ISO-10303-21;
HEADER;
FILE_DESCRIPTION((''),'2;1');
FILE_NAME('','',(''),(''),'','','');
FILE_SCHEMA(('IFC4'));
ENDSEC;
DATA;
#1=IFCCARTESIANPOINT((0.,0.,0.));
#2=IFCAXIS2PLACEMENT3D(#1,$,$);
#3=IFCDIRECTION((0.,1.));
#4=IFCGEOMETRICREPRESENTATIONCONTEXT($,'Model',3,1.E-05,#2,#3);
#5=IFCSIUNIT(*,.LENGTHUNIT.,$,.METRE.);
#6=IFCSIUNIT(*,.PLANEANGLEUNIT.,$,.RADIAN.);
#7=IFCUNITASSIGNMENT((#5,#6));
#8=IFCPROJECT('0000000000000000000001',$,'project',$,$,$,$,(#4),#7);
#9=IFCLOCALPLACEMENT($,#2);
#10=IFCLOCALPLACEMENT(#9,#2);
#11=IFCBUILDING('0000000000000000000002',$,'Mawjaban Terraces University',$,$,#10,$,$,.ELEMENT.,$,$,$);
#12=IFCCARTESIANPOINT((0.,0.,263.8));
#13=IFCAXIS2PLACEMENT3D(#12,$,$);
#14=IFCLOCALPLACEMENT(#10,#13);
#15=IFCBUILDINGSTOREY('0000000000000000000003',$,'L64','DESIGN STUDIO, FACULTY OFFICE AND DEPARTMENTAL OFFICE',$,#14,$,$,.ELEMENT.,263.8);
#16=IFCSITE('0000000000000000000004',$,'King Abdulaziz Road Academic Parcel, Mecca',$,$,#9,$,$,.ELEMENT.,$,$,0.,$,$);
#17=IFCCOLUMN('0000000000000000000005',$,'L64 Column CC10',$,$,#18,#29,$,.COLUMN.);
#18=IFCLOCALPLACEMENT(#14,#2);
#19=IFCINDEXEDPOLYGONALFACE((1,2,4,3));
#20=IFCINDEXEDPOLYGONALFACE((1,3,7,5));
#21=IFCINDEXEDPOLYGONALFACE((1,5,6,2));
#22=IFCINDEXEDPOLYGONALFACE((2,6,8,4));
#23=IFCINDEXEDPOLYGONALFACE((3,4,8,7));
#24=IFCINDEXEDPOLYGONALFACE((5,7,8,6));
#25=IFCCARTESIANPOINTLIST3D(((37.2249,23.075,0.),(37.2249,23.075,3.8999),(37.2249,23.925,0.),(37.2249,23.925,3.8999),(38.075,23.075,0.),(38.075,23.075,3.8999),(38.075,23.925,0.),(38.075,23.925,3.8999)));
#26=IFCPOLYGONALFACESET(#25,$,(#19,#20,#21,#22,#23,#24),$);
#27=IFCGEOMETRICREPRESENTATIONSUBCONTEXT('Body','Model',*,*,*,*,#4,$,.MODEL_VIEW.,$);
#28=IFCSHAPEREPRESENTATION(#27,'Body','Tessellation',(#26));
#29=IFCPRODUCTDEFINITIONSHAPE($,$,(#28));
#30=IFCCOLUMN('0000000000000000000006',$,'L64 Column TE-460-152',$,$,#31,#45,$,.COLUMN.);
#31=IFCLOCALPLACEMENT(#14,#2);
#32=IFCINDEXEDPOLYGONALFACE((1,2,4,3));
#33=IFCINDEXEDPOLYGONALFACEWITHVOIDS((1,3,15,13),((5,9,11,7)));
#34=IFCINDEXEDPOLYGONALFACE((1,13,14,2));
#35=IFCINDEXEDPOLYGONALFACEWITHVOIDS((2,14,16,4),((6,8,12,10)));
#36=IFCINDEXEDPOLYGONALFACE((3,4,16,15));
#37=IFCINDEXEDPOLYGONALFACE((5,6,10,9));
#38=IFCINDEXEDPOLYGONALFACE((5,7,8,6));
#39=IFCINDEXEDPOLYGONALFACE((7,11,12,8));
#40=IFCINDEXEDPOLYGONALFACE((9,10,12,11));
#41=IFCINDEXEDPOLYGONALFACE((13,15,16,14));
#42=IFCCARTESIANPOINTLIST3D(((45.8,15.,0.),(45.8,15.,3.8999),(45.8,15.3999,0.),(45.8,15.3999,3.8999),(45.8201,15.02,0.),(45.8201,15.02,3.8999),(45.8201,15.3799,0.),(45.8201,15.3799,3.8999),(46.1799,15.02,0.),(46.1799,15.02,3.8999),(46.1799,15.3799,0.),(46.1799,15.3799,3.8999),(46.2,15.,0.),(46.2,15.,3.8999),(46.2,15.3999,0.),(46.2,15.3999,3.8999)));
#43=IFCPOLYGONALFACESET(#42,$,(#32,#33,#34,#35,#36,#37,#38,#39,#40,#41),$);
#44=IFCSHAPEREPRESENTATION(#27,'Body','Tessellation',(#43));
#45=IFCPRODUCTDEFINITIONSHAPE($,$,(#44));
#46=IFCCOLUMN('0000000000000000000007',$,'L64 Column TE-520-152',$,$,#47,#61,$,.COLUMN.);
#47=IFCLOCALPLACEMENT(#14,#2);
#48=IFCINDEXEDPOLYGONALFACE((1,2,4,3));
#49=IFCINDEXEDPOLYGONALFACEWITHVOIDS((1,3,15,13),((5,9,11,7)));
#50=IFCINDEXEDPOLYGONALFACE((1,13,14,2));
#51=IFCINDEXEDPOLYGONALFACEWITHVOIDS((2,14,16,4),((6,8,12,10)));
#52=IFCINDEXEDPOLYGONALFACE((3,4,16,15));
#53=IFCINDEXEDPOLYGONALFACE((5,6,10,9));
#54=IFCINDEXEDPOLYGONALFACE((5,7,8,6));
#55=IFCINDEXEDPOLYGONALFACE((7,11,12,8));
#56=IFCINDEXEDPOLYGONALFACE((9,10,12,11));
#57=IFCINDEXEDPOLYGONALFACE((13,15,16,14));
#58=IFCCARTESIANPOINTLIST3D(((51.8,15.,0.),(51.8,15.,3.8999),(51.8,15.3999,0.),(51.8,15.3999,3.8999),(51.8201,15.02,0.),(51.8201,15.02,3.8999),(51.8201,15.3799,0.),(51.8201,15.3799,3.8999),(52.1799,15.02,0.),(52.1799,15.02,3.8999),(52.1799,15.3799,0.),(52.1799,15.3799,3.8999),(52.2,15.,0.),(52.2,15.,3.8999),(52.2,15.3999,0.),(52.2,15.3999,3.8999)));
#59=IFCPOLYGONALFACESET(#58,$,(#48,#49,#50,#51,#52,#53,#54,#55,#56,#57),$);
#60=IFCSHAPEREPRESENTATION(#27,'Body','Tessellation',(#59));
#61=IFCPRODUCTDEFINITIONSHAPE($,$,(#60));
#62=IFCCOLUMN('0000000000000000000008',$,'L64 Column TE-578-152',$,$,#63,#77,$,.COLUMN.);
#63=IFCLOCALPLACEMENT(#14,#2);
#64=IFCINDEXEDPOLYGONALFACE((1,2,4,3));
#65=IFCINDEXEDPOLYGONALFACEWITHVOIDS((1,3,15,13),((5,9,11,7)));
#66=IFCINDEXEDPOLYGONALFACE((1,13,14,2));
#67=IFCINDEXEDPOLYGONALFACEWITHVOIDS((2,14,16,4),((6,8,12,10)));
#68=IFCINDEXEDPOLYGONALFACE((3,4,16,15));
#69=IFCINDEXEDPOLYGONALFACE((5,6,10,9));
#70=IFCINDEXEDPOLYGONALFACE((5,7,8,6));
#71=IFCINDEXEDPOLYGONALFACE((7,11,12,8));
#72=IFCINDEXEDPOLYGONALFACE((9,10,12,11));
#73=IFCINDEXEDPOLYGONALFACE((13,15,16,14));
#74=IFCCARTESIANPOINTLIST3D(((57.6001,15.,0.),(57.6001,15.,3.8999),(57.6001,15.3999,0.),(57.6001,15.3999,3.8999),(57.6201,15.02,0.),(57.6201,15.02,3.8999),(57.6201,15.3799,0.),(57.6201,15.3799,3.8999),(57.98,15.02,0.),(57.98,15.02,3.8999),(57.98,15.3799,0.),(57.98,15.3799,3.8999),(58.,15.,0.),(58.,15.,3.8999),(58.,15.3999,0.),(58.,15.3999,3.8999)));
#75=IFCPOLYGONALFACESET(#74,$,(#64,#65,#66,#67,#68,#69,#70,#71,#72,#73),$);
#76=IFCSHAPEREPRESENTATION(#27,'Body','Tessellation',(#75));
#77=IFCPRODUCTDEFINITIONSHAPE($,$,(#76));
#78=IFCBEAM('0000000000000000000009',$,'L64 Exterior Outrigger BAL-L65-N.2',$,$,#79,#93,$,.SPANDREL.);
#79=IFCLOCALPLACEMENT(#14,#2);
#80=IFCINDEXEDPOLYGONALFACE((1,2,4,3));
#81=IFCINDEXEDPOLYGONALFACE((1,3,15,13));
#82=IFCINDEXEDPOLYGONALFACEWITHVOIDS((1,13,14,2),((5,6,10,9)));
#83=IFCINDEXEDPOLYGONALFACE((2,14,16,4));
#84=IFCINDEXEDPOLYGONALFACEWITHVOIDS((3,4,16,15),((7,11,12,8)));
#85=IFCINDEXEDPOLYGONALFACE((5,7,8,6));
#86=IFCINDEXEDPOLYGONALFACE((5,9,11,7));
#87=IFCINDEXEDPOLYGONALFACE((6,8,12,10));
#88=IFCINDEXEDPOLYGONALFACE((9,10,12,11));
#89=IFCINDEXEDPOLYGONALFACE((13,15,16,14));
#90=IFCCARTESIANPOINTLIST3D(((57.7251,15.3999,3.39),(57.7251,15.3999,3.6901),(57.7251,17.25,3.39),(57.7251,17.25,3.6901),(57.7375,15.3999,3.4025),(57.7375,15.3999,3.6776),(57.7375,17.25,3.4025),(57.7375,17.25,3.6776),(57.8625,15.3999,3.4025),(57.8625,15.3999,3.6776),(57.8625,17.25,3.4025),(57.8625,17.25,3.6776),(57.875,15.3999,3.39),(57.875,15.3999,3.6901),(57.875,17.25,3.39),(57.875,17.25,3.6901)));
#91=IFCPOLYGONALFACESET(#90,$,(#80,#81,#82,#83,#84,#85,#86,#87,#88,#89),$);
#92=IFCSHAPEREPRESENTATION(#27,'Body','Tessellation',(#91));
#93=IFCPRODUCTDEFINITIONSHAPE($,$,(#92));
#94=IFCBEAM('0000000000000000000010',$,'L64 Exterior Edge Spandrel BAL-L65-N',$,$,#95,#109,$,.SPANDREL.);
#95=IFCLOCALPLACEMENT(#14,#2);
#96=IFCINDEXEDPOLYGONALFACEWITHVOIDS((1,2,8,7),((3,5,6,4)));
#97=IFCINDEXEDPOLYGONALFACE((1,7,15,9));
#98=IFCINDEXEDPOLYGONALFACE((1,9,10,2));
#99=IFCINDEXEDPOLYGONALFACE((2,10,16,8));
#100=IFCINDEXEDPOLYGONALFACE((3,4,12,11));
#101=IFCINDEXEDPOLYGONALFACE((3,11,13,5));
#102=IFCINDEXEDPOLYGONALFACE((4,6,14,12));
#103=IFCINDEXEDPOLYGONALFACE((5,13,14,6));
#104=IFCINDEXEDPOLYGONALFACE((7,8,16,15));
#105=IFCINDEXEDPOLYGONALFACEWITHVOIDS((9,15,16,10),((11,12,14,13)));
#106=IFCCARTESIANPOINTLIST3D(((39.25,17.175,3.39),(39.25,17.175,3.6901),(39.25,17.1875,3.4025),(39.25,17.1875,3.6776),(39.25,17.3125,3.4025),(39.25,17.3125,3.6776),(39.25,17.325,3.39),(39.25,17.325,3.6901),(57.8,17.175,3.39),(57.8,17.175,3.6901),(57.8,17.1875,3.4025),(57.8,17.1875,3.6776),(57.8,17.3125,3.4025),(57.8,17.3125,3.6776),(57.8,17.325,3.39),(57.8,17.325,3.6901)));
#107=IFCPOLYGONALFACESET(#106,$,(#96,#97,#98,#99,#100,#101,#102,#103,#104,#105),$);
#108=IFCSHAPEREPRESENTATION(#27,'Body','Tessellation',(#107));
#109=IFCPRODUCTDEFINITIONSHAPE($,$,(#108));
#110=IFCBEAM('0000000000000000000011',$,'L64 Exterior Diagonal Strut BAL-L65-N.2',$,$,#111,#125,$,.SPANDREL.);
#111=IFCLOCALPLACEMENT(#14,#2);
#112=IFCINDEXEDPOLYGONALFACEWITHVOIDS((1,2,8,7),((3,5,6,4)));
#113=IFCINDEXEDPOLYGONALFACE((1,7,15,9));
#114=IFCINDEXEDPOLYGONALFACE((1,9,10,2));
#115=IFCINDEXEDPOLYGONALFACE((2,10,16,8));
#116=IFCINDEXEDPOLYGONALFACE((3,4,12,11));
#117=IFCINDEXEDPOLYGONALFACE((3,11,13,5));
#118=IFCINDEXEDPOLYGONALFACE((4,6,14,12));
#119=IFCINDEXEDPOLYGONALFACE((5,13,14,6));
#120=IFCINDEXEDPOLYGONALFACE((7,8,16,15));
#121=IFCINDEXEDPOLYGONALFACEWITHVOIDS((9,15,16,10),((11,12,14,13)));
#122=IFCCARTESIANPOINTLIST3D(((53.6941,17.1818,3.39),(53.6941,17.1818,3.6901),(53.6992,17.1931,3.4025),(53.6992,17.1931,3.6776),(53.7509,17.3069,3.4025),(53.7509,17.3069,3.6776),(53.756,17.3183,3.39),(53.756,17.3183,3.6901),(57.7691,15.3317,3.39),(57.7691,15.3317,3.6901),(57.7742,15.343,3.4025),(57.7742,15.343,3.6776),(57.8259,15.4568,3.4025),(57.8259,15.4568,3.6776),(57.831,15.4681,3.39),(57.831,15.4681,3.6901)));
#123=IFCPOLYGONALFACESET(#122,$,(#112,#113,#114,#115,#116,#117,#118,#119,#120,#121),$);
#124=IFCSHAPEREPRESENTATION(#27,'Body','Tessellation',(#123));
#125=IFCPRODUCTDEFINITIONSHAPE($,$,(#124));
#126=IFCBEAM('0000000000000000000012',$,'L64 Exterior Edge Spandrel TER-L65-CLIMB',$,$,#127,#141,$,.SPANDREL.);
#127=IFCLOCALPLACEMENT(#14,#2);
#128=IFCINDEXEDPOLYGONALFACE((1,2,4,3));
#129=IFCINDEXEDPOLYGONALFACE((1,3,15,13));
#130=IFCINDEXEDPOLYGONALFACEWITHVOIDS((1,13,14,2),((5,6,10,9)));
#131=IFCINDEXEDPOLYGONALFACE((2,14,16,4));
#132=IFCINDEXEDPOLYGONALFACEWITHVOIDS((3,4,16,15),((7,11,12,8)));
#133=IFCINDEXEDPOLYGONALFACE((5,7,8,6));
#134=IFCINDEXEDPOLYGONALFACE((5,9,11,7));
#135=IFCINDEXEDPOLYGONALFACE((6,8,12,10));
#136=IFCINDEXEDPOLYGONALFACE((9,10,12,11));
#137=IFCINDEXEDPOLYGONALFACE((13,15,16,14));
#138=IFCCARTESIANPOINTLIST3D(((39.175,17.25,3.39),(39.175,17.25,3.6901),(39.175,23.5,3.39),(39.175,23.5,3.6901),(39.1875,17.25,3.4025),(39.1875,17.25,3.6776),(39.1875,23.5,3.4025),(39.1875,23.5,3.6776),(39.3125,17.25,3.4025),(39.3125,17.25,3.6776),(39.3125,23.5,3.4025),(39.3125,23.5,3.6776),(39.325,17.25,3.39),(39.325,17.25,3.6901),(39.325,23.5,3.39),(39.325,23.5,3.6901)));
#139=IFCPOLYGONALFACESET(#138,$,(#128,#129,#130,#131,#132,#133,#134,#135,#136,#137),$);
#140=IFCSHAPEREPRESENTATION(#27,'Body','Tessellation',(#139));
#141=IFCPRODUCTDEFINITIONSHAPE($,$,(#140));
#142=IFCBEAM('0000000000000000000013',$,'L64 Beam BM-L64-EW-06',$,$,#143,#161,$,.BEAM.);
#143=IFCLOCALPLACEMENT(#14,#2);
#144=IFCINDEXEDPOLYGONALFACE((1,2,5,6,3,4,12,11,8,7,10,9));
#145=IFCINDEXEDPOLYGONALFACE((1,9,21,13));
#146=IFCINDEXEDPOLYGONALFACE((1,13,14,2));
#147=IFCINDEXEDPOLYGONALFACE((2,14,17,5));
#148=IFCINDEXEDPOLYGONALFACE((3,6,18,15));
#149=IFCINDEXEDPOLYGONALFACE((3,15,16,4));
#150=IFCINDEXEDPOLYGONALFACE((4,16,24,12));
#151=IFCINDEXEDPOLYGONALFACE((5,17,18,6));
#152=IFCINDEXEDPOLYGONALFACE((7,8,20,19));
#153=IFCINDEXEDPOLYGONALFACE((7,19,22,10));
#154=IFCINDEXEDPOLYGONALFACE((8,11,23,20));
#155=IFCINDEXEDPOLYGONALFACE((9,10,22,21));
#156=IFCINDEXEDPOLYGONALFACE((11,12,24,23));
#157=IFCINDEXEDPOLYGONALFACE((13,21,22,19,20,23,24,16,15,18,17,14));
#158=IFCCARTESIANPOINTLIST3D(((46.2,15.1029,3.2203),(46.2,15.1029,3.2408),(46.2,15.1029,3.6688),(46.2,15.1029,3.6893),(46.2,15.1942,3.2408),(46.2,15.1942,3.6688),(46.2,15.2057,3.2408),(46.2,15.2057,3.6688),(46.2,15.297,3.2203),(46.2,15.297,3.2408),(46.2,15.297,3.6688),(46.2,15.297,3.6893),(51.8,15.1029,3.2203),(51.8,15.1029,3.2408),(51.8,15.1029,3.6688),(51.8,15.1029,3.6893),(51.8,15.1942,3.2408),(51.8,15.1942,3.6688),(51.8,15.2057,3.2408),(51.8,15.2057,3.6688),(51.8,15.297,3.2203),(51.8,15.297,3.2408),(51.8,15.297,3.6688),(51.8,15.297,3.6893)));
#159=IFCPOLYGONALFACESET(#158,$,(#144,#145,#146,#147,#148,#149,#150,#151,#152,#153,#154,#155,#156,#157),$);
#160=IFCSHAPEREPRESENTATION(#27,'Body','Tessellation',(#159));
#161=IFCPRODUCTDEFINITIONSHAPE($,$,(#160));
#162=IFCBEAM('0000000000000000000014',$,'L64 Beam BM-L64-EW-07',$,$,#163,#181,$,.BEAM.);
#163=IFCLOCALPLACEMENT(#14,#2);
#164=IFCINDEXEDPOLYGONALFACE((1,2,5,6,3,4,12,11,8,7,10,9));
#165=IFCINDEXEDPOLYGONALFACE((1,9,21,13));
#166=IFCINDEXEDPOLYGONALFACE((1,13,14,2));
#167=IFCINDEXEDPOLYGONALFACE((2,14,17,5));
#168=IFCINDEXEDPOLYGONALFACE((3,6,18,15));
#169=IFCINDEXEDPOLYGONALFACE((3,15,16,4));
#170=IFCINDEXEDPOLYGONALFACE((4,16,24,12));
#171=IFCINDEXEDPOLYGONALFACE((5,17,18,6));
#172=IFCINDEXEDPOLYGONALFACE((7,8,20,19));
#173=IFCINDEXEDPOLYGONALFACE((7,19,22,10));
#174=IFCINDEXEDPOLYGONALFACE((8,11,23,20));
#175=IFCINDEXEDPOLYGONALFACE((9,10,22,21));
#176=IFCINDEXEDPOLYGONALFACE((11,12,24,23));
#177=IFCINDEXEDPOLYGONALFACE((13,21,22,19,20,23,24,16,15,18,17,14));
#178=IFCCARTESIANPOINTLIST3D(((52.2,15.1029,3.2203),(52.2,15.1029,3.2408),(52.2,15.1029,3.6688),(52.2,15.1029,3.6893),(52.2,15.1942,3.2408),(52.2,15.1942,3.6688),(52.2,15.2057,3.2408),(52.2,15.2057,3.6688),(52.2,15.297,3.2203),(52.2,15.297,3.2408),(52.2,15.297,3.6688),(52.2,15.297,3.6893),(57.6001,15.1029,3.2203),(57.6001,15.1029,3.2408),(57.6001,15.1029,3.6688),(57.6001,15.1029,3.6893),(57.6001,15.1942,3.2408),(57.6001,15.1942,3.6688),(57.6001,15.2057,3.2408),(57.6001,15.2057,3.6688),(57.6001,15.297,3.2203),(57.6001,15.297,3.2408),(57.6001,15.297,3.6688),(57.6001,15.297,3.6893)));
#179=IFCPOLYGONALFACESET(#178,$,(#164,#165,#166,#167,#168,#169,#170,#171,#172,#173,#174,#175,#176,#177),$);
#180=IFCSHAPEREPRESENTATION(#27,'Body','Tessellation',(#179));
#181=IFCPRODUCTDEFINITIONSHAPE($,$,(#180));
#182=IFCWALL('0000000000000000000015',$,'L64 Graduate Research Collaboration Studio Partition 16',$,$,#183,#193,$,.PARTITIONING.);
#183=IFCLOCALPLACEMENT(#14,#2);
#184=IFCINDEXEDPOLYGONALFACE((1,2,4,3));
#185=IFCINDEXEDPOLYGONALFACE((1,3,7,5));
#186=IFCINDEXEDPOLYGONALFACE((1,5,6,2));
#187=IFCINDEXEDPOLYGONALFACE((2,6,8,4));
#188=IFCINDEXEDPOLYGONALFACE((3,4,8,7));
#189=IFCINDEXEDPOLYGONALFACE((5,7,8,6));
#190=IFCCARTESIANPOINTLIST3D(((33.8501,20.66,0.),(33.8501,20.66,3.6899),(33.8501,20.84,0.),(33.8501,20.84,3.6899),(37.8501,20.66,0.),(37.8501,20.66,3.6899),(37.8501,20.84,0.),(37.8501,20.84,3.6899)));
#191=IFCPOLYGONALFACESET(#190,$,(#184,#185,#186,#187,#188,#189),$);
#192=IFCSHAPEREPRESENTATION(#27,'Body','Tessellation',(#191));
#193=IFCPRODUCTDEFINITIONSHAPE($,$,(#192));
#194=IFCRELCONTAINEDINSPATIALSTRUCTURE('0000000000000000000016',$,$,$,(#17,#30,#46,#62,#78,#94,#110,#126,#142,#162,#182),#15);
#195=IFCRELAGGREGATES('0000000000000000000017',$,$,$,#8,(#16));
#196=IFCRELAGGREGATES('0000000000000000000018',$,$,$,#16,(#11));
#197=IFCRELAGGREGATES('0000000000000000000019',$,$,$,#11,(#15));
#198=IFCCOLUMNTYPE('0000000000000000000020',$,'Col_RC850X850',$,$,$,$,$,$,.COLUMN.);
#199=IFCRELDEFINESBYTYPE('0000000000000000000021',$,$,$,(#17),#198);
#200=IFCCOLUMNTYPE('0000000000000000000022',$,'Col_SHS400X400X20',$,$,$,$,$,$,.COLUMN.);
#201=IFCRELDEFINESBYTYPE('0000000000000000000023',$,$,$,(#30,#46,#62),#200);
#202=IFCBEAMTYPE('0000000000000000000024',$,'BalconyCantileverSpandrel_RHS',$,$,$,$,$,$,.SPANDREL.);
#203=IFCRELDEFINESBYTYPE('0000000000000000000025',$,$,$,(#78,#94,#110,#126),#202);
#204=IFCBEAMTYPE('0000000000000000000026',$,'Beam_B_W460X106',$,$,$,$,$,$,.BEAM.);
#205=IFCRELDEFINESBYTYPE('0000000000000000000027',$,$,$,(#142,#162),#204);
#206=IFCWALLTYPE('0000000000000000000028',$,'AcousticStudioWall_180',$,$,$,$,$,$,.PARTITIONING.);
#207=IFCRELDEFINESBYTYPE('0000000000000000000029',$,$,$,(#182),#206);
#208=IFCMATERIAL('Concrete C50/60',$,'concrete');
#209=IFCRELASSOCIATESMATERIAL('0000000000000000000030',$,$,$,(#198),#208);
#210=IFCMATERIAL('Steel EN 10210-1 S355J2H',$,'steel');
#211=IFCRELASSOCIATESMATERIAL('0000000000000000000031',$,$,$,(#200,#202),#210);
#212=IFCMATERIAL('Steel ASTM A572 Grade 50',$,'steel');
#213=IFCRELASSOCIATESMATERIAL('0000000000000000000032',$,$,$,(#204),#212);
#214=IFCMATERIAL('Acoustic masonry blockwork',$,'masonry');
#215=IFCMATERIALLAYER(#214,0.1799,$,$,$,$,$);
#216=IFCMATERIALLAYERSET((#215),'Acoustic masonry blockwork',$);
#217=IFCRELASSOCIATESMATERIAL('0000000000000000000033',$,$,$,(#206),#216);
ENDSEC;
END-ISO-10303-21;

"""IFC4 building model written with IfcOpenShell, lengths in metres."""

from ifc_helpers import new_model, si_unit, direction, frame, frame_2d, origin, origin_2d, place, context, subcontext, project, spatial, rectangle, hollow_rectangle, i_section, extrude, material, layer, layer_set, material_profile, profile_set, type_object, element, save


model = new_model("IFC4")

# Units and contexts
model_context = context("Model", 3, precision=1e-05, world=origin(), true_north=direction((0.0, 1.0)))
body_context = subcontext(model_context, "Body", "Model", "MODEL_VIEW")
ifc_project = project(units=[si_unit("LENGTHUNIT", "METRE"), si_unit("PLANEANGLEUNIT", "RADIAN")], contexts=[model_context])

# Site, building, storey
site_placement = place(None, origin())
site = spatial("IfcSite", under=ifc_project, at=site_placement, Name="King Abdulaziz Road Academic Parcel, Mecca", CompositionType="ELEMENT", RefElevation=0.0)
building_placement = place(site_placement, origin())
building = spatial("IfcBuilding", under=site, at=building_placement, Name="Mawjaban Terraces University", CompositionType="ELEMENT")
storey_placement = place(building_placement, frame((0.0, 0.0, 263.8)))
storey = spatial("IfcBuildingStorey", under=building, at=storey_placement, Name="L64", Description="DESIGN STUDIO, FACULTY OFFICE AND DEPARTMENTAL OFFICE", CompositionType="ELEMENT", Elevation=263.8)

# Columns
ifc_material_1 = material(Name="Concrete C50/60", Category="concrete")
ifc_material_profile_1 = material_profile(ifc_material_1, rectangle(XDim=0.8501, YDim=0.8501, at=origin_2d()), Name="RC850X850")
ifc_profile_set_1 = profile_set([ifc_material_profile_1], Name="Concrete C50/60")
column_type_1 = type_object("IfcColumnType", Name="Col_RC850X850", PredefinedType="COLUMN", material=ifc_profile_set_1)
column_placement = place(storey_placement, frame((37.6499, 23.5, 0.0), z_axis=(0.0, 0.0, 1.0), x_axis=(1.0, 0.0, 0.0)))
element("IfcColumn", 1, at=column_placement, inside=storey, type_object=column_type_1, Name="L64 Column CC10", PredefinedType="COLUMN", context=body_context, shape_type="SweptSolid", body=[
    extrude(rectangle(XDim=0.8501, YDim=0.8501, at=origin_2d()), origin(), (0.0, 0.0, 1.0), 3.8999),
])
ifc_material_2 = material(Name="Steel EN 10210-1 S355J2H", Category="steel")
ifc_material_profile_2 = material_profile(ifc_material_2, hollow_rectangle(XDim=0.3999, YDim=0.3999, WallThickness=0.02, at=origin_2d()), Name="SHS400X400X20")
ifc_profile_set_2 = profile_set([ifc_material_profile_2], Name="Steel EN 10210-1 S355J2H")
column_type_2 = type_object("IfcColumnType", Name="Col_SHS400X400X20", PredefinedType="COLUMN", material=ifc_profile_set_2)
for number, where, z_axis, x_axis, name in (
    (2, (46.0, 15.2, 0.0), (0.0, 0.0, 1.0), (1.0, 0.0, 0.0), "L64 Column TE-460-152"),
    (3, (52.0, 15.2, 0.0), (0.0, 0.0, 1.0), (1.0, 0.0, 0.0), "L64 Column TE-520-152"),
    (4, (57.8, 15.2, 0.0), (0.0, 0.0, 1.0), (1.0, 0.0, 0.0), "L64 Column TE-578-152"),
):
    element("IfcColumn", number, at=place(storey_placement, frame(where, z_axis=z_axis, x_axis=x_axis)), inside=storey, type_object=column_type_2, Name=name, PredefinedType="COLUMN", context=body_context, shape_type="SweptSolid", body=[
        extrude(hollow_rectangle(XDim=0.3999, YDim=0.3999, WallThickness=0.02, at=origin_2d()), origin(), (0.0, 0.0, 1.0), 3.8999),
    ])

# Beams
ifc_material_profile_3 = material_profile(ifc_material_2, hollow_rectangle(XDim=0.1499, YDim=0.3, WallThickness=0.0125, at=origin_2d()), Name="RHS300X150X12.5")
ifc_profile_set_3 = profile_set([ifc_material_profile_3], Name="Steel EN 10210-1 S355J2H")
beam_type_1 = type_object("IfcBeamType", Name="BalconyCantileverSpandrel_RHS", PredefinedType="SPANDREL", material=ifc_profile_set_3)
beam_1_placement = place(storey_placement, frame((57.8, 15.3999, 3.54), z_axis=(0.0, 1.0, 0.0), x_axis=(-1.0, 0.0, 0.0)))
element("IfcBeam", 5, at=beam_1_placement, inside=storey, type_object=beam_type_1, Name="L64 Exterior Outrigger BAL-L65-N.2", PredefinedType="SPANDREL", context=body_context, shape_type="SweptSolid", body=[
    extrude(hollow_rectangle(XDim=0.1499, YDim=0.3, WallThickness=0.0125, at=origin_2d()), origin(), (0.0, 0.0, 1.0), 1.8501),
])
beam_2_placement = place(storey_placement, frame((39.25, 17.25, 3.54), z_axis=(1.0, 0.0, 0.0), x_axis=(0.0, 1.0, 0.0)))
element("IfcBeam", 6, at=beam_2_placement, inside=storey, type_object=beam_type_1, Name="L64 Exterior Edge Spandrel BAL-L65-N", PredefinedType="SPANDREL", context=body_context, shape_type="SweptSolid", body=[
    extrude(hollow_rectangle(XDim=0.1499, YDim=0.3, WallThickness=0.0125, at=origin_2d()), origin(), (0.0, 0.0, 1.0), 18.55),
])
beam_3_placement = place(storey_placement, frame((57.8, 15.3999, 3.54), z_axis=(-0.910548, 0.413404, 0.0), x_axis=(-0.413404, -0.910548, 0.0)))
element("IfcBeam", 7, at=beam_3_placement, inside=storey, type_object=beam_type_1, Name="L64 Exterior Diagonal Strut BAL-L65-N.2", PredefinedType="SPANDREL", context=body_context, shape_type="SweptSolid", body=[
    extrude(hollow_rectangle(XDim=0.1499, YDim=0.3, WallThickness=0.0125, at=origin_2d()), origin(), (0.0, 0.0, 1.0), 4.4753),
])
beam_4_placement = place(storey_placement, frame((39.25, 17.25, 3.54), z_axis=(0.0, 1.0, 0.0), x_axis=(-1.0, 0.0, 0.0)))
element("IfcBeam", 8, at=beam_4_placement, inside=storey, type_object=beam_type_1, Name="L64 Exterior Edge Spandrel TER-L65-CLIMB", PredefinedType="SPANDREL", context=body_context, shape_type="SweptSolid", body=[
    extrude(hollow_rectangle(XDim=0.1499, YDim=0.3, WallThickness=0.0125, at=origin_2d()), origin(), (0.0, 0.0, 1.0), 6.25),
])
ifc_material_3 = material(Name="Steel ASTM A572 Grade 50", Category="steel")
ifc_material_profile_4 = material_profile(ifc_material_3, i_section(OverallWidth=0.1941, OverallDepth=0.469, WebThickness=0.0115, FlangeThickness=0.0205, at=origin_2d()), Name="W460X106")
ifc_profile_set_4 = profile_set([ifc_material_profile_4], Name="Steel ASTM A572 Grade 50")
beam_type_2 = type_object("IfcBeamType", Name="Beam_B_W460X106", PredefinedType="BEAM", material=ifc_profile_set_4)
beam_5_placement = place(storey_placement, frame((46.2, 15.2, 3.4548), z_axis=(1.0, 0.0, 0.0), x_axis=(0.0, 1.0, 0.0)))
element("IfcBeam", 9, at=beam_5_placement, inside=storey, type_object=beam_type_2, Name="L64 Beam BM-L64-EW-06", PredefinedType="BEAM", context=body_context, shape_type="SweptSolid", body=[
    extrude(i_section(OverallWidth=0.1941, OverallDepth=0.469, WebThickness=0.0115, FlangeThickness=0.0205, at=origin_2d()), origin(), (0.0, 0.0, 1.0), 5.6001),
])
beam_6_placement = place(storey_placement, frame((52.2, 15.2, 3.4548), z_axis=(1.0, 0.0, 0.0), x_axis=(0.0, 1.0, 0.0)))
element("IfcBeam", 10, at=beam_6_placement, inside=storey, type_object=beam_type_2, Name="L64 Beam BM-L64-EW-07", PredefinedType="BEAM", context=body_context, shape_type="SweptSolid", body=[
    extrude(i_section(OverallWidth=0.1941, OverallDepth=0.469, WebThickness=0.0115, FlangeThickness=0.0205, at=origin_2d()), origin(), (0.0, 0.0, 1.0), 5.4001),
])

# Wall
ifc_material_4 = material(Name="Acoustic masonry blockwork", Category="masonry")
ifc_layer_1 = layer(ifc_material_4, 0.1799)
ifc_layer_set_1 = layer_set([ifc_layer_1], Name="Acoustic masonry blockwork")
wall_type_1 = type_object("IfcWallType", Name="AcousticStudioWall_180", PredefinedType="PARTITIONING", material=ifc_layer_set_1)
wall_1_placement = place(storey_placement, frame((37.8501, 20.75, 0.0), z_axis=(0.0, 0.0, 1.0), x_axis=(-1.0, 0.0, 0.0)))
element("IfcWall", 11, at=wall_1_placement, inside=storey, type_object=wall_type_1, Name="L64 Graduate Research Collaboration Studio Partition 16", PredefinedType="PARTITIONING", context=body_context, shape_type="SweptSolid", body=[
    extrude(rectangle(XDim=4.0, YDim=0.1799, at=frame_2d((2.0, 0.0))), origin(), (0.0, 0.0, 1.0), 3.6899),
])

save(model, "model.ifc")
